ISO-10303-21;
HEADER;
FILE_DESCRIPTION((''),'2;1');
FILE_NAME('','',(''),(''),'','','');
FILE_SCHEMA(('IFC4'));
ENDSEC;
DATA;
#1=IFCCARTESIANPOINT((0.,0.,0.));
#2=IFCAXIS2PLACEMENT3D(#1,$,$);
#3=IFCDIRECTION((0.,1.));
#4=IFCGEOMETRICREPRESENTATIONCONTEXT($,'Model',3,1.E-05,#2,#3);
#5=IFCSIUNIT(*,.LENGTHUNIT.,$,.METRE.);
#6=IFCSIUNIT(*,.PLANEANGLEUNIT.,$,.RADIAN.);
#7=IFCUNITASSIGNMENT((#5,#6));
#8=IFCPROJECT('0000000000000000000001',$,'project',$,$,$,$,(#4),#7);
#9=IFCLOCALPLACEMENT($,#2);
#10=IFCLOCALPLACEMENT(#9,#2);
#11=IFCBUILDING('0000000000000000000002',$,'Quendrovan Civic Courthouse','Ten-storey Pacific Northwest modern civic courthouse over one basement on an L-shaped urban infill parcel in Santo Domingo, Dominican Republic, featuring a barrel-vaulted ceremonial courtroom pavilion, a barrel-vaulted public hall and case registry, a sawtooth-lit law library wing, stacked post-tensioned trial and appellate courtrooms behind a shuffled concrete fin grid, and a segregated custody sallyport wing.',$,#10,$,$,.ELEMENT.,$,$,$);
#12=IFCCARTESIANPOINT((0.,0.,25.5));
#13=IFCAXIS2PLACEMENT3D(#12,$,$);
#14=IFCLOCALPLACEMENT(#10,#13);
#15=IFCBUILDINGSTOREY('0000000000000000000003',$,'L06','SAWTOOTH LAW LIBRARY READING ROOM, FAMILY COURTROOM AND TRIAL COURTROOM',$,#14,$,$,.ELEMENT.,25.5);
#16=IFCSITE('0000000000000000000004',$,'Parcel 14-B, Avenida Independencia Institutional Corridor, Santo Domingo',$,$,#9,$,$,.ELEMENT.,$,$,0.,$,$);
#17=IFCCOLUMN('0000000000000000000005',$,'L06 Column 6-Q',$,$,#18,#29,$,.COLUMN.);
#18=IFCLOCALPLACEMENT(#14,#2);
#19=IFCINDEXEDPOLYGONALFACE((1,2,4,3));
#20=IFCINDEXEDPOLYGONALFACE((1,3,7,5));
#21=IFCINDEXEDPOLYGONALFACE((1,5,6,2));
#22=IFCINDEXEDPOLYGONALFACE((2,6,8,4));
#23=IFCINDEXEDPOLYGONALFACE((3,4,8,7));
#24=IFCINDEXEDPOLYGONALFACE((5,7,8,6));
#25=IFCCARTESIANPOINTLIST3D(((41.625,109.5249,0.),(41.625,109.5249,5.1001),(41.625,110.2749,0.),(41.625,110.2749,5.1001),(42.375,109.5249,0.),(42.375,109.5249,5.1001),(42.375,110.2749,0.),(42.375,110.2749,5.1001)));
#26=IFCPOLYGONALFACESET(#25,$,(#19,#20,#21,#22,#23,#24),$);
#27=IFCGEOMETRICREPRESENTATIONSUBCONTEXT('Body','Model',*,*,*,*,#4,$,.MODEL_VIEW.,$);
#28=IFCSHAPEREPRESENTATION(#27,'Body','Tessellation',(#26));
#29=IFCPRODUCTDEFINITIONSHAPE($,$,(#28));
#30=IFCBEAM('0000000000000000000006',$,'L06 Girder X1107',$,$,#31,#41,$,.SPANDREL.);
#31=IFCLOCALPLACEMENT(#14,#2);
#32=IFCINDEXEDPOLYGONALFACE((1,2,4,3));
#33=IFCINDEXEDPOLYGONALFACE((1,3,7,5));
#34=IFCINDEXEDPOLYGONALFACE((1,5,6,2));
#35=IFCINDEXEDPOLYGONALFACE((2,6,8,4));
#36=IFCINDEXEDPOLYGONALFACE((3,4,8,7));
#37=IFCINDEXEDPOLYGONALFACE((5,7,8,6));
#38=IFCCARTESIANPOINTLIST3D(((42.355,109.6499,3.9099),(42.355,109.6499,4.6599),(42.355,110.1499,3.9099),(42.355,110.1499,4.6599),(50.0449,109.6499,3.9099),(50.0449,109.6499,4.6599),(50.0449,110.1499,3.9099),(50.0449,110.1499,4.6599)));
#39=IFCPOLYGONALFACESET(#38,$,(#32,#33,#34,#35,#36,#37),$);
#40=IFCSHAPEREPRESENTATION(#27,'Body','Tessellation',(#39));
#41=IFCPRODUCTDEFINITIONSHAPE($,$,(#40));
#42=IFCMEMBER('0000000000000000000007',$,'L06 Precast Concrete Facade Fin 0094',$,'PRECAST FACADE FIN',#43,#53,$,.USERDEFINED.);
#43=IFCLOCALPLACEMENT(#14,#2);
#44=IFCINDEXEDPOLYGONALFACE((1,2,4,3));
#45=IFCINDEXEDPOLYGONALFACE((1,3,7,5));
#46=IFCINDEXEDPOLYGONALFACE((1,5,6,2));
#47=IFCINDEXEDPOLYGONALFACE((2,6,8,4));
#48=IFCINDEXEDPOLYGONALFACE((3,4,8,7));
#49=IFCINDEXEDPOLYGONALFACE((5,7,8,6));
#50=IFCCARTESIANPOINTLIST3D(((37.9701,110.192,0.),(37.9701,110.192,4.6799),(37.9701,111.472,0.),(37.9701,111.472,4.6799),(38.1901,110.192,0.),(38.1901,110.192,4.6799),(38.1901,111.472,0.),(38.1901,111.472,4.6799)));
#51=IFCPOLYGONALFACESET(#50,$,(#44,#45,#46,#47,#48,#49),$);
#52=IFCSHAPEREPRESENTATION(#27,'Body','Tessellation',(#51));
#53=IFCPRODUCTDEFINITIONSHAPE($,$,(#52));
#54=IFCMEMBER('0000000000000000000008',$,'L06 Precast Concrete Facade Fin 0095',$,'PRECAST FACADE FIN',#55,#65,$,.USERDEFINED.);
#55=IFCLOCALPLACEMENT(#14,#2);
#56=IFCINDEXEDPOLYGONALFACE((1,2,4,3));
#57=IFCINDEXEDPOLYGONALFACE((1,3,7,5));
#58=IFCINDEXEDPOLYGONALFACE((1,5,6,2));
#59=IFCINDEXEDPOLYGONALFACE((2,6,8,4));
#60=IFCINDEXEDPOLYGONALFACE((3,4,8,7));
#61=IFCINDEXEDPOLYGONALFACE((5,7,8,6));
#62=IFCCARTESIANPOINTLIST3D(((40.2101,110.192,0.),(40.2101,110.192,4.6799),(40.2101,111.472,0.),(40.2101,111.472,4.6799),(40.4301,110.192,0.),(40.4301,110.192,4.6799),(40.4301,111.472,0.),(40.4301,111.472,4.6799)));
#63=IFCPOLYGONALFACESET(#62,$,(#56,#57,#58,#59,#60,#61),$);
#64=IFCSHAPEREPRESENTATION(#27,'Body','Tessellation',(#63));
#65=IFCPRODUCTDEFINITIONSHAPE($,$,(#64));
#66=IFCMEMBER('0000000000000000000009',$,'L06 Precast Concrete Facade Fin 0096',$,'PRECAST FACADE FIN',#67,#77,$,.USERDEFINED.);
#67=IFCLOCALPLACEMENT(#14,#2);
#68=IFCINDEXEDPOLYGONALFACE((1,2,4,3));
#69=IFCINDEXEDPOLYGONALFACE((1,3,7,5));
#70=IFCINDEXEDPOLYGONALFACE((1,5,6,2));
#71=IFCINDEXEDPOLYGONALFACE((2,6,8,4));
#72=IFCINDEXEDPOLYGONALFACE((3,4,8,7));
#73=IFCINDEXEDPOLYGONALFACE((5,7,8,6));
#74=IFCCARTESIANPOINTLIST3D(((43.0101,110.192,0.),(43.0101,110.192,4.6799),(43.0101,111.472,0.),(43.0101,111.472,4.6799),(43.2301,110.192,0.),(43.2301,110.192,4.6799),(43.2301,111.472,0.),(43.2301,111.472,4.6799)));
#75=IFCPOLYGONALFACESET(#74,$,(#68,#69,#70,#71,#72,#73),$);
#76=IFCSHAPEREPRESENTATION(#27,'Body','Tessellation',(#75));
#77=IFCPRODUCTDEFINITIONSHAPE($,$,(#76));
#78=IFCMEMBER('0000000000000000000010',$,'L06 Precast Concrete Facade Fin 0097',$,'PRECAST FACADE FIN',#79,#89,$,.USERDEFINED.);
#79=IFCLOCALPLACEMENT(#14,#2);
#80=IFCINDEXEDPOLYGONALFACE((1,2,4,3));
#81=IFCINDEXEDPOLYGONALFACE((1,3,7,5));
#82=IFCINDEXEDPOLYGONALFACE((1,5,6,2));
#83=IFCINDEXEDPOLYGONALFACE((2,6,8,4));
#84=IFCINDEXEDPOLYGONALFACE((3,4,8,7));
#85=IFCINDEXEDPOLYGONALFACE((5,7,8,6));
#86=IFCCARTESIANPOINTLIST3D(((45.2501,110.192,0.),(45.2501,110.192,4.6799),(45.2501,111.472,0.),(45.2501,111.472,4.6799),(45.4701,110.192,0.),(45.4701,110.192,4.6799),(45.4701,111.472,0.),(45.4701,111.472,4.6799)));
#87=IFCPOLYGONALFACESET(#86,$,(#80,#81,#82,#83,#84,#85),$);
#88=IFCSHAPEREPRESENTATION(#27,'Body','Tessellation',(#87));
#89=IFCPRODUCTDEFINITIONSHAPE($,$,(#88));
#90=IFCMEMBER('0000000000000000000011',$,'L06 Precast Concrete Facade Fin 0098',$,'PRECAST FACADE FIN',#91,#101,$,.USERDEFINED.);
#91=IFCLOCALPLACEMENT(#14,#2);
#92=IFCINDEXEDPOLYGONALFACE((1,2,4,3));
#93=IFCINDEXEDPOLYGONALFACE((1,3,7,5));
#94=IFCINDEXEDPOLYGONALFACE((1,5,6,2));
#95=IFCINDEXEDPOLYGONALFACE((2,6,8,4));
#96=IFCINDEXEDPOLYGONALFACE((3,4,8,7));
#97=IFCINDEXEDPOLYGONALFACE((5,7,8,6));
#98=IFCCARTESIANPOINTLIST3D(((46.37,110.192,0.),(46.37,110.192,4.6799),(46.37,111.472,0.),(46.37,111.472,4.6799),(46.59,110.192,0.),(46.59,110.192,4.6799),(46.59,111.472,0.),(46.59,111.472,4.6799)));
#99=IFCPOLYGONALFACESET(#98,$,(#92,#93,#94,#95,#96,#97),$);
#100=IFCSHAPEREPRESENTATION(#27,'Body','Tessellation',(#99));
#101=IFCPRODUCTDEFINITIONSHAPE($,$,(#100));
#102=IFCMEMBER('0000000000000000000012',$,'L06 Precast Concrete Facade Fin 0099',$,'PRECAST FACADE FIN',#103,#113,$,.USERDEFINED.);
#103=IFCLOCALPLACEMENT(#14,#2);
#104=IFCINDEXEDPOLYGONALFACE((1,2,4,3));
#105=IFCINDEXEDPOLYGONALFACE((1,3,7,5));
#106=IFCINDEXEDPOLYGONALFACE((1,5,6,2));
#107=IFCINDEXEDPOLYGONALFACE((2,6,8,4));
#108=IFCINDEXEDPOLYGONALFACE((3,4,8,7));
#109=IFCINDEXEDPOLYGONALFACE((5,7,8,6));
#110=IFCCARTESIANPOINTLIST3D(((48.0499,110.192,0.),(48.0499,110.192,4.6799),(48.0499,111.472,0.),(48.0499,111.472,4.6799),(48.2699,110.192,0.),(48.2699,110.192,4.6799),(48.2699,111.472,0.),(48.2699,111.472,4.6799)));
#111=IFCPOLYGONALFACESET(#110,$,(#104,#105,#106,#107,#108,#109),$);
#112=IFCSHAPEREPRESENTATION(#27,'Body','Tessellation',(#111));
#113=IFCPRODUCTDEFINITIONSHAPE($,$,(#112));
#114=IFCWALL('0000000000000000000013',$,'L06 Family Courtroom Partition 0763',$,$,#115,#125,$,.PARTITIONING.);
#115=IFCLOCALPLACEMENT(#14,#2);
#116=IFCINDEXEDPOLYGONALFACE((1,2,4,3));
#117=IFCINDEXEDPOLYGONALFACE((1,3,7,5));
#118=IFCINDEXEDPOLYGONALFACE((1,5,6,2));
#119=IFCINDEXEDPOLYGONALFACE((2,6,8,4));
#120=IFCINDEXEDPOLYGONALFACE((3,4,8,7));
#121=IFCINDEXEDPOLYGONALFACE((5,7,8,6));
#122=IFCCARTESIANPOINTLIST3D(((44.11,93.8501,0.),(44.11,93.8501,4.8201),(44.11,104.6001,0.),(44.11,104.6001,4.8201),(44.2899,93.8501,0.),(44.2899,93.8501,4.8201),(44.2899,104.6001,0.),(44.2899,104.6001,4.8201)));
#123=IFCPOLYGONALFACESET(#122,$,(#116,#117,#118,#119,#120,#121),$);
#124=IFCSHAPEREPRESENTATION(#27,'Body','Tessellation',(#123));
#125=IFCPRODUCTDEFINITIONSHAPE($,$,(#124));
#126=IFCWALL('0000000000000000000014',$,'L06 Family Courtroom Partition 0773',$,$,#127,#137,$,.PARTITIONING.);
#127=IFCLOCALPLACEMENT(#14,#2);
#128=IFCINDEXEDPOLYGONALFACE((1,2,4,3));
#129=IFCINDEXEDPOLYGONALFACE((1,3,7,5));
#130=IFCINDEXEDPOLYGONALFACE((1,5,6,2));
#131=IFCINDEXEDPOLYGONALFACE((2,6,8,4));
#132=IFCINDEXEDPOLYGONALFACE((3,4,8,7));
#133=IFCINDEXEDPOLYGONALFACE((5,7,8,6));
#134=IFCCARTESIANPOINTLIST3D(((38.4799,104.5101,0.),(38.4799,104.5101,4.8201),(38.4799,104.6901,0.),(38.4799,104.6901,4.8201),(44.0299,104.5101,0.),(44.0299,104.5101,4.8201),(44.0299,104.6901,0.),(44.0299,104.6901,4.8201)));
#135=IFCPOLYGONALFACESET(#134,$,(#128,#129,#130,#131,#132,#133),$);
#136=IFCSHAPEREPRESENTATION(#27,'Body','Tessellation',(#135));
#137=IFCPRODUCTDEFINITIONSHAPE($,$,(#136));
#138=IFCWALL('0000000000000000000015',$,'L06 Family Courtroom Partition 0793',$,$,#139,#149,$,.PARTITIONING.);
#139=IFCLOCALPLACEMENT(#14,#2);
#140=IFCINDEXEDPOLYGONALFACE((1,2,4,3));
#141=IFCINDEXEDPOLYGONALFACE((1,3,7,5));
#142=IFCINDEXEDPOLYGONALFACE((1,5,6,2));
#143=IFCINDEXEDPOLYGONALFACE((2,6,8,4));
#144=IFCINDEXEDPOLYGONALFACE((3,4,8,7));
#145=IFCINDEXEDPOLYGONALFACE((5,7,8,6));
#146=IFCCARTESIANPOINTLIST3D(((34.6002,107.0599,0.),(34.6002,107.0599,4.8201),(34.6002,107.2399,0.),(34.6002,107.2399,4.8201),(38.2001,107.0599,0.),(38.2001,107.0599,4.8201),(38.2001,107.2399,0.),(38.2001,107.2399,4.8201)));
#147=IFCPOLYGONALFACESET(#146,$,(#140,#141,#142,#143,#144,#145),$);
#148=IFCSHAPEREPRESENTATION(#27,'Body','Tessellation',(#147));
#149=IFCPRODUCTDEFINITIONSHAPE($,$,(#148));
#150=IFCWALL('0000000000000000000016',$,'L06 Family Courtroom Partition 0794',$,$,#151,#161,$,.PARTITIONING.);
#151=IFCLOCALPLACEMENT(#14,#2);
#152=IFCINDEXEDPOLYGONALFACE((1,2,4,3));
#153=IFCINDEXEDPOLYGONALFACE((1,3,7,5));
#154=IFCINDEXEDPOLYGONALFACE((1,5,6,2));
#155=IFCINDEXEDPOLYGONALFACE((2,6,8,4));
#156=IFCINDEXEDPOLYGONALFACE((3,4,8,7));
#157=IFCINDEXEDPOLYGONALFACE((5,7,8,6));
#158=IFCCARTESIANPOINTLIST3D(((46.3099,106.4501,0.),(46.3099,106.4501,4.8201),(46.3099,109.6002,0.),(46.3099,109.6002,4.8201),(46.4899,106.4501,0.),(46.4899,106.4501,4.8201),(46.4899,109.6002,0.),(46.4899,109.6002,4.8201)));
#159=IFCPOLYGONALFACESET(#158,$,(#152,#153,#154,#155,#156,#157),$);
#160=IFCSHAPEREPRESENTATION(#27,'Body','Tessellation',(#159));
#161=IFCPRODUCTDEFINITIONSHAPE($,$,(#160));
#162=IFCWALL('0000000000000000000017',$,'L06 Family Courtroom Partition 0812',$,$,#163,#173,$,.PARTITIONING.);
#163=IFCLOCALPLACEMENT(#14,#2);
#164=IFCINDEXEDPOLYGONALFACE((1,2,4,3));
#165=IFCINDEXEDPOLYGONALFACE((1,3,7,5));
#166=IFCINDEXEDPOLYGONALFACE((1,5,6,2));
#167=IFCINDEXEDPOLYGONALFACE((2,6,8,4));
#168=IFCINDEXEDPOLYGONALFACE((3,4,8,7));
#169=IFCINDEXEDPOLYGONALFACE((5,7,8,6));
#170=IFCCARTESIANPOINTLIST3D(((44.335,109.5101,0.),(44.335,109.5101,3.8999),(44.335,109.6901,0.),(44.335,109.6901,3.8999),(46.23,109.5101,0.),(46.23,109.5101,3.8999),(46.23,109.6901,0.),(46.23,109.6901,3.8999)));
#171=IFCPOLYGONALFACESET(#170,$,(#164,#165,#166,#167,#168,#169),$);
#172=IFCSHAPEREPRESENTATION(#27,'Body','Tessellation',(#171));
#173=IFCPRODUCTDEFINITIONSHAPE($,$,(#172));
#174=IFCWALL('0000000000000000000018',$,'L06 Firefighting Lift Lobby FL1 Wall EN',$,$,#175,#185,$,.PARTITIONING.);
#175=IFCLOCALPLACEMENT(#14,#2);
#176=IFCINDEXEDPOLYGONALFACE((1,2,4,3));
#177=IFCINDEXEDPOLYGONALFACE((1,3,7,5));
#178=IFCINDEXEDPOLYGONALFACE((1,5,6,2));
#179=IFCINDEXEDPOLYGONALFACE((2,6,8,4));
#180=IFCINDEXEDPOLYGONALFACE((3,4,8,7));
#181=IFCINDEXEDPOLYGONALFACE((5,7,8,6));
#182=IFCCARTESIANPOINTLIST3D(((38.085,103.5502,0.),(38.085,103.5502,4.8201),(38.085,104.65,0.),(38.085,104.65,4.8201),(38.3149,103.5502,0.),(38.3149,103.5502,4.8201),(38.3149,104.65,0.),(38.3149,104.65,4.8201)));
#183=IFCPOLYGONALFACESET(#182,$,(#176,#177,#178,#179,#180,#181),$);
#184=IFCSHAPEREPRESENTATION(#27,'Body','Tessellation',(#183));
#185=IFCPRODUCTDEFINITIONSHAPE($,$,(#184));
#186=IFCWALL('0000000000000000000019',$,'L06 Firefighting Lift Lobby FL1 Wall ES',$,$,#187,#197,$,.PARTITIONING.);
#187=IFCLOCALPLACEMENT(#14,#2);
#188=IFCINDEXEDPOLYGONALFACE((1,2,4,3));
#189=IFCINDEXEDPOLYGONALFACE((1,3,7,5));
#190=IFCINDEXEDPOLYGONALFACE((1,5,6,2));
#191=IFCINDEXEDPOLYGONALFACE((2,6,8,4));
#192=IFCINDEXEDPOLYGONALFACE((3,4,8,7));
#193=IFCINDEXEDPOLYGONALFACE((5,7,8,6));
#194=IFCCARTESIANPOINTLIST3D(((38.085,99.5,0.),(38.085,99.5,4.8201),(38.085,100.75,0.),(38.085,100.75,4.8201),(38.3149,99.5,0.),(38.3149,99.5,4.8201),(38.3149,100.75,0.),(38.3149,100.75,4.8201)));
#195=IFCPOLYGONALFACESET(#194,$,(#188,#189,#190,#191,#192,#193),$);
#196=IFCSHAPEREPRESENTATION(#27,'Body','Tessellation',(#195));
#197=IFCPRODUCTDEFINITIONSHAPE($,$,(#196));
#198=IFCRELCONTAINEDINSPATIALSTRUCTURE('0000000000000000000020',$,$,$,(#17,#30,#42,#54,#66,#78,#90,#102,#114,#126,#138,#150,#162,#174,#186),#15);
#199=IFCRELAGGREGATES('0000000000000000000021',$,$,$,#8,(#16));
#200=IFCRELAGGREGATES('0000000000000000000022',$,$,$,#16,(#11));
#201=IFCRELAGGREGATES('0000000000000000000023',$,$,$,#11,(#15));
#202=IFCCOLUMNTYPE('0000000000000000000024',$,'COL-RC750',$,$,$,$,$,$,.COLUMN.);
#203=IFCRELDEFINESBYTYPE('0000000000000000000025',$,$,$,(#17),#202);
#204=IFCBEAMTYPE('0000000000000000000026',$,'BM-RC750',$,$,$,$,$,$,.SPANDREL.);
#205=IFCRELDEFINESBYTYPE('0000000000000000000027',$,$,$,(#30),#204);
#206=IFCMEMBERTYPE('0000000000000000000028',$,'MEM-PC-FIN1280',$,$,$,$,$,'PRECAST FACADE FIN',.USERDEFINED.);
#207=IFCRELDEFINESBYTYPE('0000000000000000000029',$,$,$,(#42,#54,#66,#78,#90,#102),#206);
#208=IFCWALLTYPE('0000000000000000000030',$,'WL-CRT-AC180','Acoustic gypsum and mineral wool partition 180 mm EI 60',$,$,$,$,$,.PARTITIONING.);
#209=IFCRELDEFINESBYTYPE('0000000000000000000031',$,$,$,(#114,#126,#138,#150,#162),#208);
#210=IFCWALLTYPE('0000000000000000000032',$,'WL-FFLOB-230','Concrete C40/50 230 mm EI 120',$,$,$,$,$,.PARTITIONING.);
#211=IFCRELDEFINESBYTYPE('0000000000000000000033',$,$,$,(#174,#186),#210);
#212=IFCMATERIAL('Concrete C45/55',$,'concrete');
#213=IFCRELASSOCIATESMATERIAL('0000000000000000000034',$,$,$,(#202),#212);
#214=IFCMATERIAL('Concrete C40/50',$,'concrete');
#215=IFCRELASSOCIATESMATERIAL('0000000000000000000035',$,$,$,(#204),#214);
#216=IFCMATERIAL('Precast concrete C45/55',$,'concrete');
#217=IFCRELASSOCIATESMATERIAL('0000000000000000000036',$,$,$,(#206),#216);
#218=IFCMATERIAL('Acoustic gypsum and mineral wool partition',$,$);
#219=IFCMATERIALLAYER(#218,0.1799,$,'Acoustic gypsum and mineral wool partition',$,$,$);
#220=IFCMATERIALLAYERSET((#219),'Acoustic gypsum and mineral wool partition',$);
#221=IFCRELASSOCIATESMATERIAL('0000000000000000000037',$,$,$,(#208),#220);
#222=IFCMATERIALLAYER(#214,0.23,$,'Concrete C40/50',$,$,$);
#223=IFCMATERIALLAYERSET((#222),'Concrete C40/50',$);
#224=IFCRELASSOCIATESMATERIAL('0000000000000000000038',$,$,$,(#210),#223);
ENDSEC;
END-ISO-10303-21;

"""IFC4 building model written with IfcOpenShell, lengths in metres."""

from ifc_helpers import new_model, si_unit, direction, frame, frame_2d, origin, origin_2d, place, context, subcontext, project, spatial, rectangle, extrude, material, layer, layer_set, material_profile, profile_set, type_object, element, save


model = new_model("IFC4")

# Units and contexts
model_context = context("Model", 3, precision=1e-05, world=origin(), true_north=direction((0.0, 1.0)))
body_context = subcontext(model_context, "Body", "Model", "MODEL_VIEW")
ifc_project = project(units=[si_unit("LENGTHUNIT", "METRE"), si_unit("PLANEANGLEUNIT", "RADIAN")], contexts=[model_context])

# Site, building, storey
site_placement = place(None, origin())
site = spatial("IfcSite", under=ifc_project, at=site_placement, Name="Parcel 14-B, Avenida Independencia Institutional Corridor, Santo Domingo", CompositionType="ELEMENT", RefElevation=0.0)
building_placement = place(site_placement, origin())
building = spatial("IfcBuilding", under=site, at=building_placement, Name="Quendrovan Civic Courthouse", Description="Ten-storey Pacific Northwest modern civic courthouse over one basement on an L-shaped urban infill parcel in Santo Domingo, Dominican Republic, featuring a barrel-vaulted ceremonial courtroom pavilion, a barrel-vaulted public hall and case registry, a sawtooth-lit law library wing, stacked post-tensioned trial and appellate courtrooms behind a shuffled concrete fin grid, and a segregated custody sallyport wing.", CompositionType="ELEMENT")
storey_placement = place(building_placement, frame((0.0, 0.0, 25.5)))
storey = spatial("IfcBuildingStorey", under=building, at=storey_placement, Name="L06", Description="SAWTOOTH LAW LIBRARY READING ROOM, FAMILY COURTROOM AND TRIAL COURTROOM", CompositionType="ELEMENT", Elevation=25.5)

# Column
ifc_material_1 = material(Name="Concrete C45/55", Category="concrete")
ifc_material_profile_1 = material_profile(ifc_material_1, rectangle(XDim=0.75, YDim=0.75, at=origin_2d()), Name="RC-COL-750x750")
ifc_profile_set_1 = profile_set([ifc_material_profile_1], Name="Concrete C45/55")
column_type = type_object("IfcColumnType", Name="COL-RC750", PredefinedType="COLUMN", material=ifc_profile_set_1)
column_placement = place(storey_placement, frame((42.0, 109.8999, 0.0), z_axis=(0.0, 0.0, 1.0), x_axis=(1.0, 0.0, 0.0)))
element("IfcColumn", 1, at=column_placement, inside=storey, type_object=column_type, Name="L06 Column 6-Q", PredefinedType="COLUMN", context=body_context, shape_type="SweptSolid", body=[
    extrude(rectangle(XDim=0.75, YDim=0.75, at=origin_2d()), origin(), (0.0, 0.0, 1.0), 5.1001),
])

# Beam
ifc_material_2 = material(Name="Concrete C40/50", Category="concrete")
ifc_material_profile_2 = material_profile(ifc_material_2, rectangle(XDim=0.5, YDim=0.75, at=origin_2d()), Name="RC-BM-500x750")
ifc_profile_set_2 = profile_set([ifc_material_profile_2], Name="Concrete C40/50")
beam_type = type_object("IfcBeamType", Name="BM-RC750", PredefinedType="SPANDREL", material=ifc_profile_set_2)
beam_placement = place(storey_placement, frame((42.355, 109.8999, 4.2849), z_axis=(1.0, 0.0, 0.0), x_axis=(0.0, 1.0, 0.0)))
element("IfcBeam", 2, at=beam_placement, inside=storey, type_object=beam_type, Name="L06 Girder X1107", PredefinedType="SPANDREL", context=body_context, shape_type="SweptSolid", body=[
    extrude(rectangle(XDim=0.5, YDim=0.75, at=origin_2d()), origin(), (0.0, 0.0, 1.0), 7.6899),
])

# Members
ifc_material_3 = material(Name="Precast concrete C45/55", Category="concrete")
ifc_material_profile_3 = material_profile(ifc_material_3, rectangle(XDim=0.22, YDim=1.28, at=origin_2d()), Name="PC-FIN-220x1280")
ifc_profile_set_3 = profile_set([ifc_material_profile_3], Name="Precast concrete C45/55")
member_type = type_object("IfcMemberType", Name="MEM-PC-FIN1280", ElementType="PRECAST FACADE FIN", PredefinedType="USERDEFINED", material=ifc_profile_set_3)
for number, where, z_axis, x_axis, name in (
    (3, (38.0801, 110.832, 0.0), (0.0, 0.0, 1.0), (1.0, 0.0, 0.0), "L06 Precast Concrete Facade Fin 0094"),
    (4, (40.3201, 110.832, 0.0), (0.0, 0.0, 1.0), (1.0, 0.0, 0.0), "L06 Precast Concrete Facade Fin 0095"),
    (5, (43.1201, 110.832, 0.0), (0.0, 0.0, 1.0), (1.0, 0.0, 0.0), "L06 Precast Concrete Facade Fin 0096"),
    (6, (45.3601, 110.832, 0.0), (0.0, 0.0, 1.0), (1.0, 0.0, 0.0), "L06 Precast Concrete Facade Fin 0097"),
    (7, (46.48, 110.832, 0.0), (0.0, 0.0, 1.0), (1.0, 0.0, 0.0), "L06 Precast Concrete Facade Fin 0098"),
    (8, (48.1599, 110.832, 0.0), (0.0, 0.0, 1.0), (1.0, 0.0, 0.0), "L06 Precast Concrete Facade Fin 0099"),
):
    element("IfcMember", number, at=place(storey_placement, frame(where, z_axis=z_axis, x_axis=x_axis)), inside=storey, type_object=member_type, Name=name, ObjectType="PRECAST FACADE FIN", PredefinedType="USERDEFINED", context=body_context, shape_type="SweptSolid", body=[
        extrude(rectangle(XDim=0.22, YDim=1.28, at=origin_2d()), origin(), (0.0, 0.0, 1.0), 4.6799),
    ])

# Walls
ifc_material_4 = material(Name="Acoustic gypsum and mineral wool partition")
ifc_layer_1 = layer(ifc_material_4, 0.1799, Name="Acoustic gypsum and mineral wool partition")
ifc_layer_set_1 = layer_set([ifc_layer_1], Name="Acoustic gypsum and mineral wool partition")
wall_type_1 = type_object("IfcWallType", Name="WL-CRT-AC180", Description="Acoustic gypsum and mineral wool partition 180 mm EI 60", PredefinedType="PARTITIONING", material=ifc_layer_set_1)
wall_1_placement = place(storey_placement, frame((44.2, 104.6001, 0.0), z_axis=(0.0, 0.0, 1.0), x_axis=(0.0, -1.0, 0.0)))
element("IfcWall", 9, at=wall_1_placement, inside=storey, type_object=wall_type_1, Name="L06 Family Courtroom Partition 0763", PredefinedType="PARTITIONING", context=body_context, shape_type="SweptSolid", body=[
    extrude(rectangle(XDim=10.75, YDim=0.1799, at=frame_2d((5.375, 0.0))), origin(), (0.0, 0.0, 1.0), 4.8201),
])
wall_2_placement = place(storey_placement, frame((38.48, 104.6001, 0.0), z_axis=(0.0, 0.0, 1.0), x_axis=(1.0, 0.0, 0.0)))
element("IfcWall", 10, at=wall_2_placement, inside=storey, type_object=wall_type_1, Name="L06 Family Courtroom Partition 0773", PredefinedType="PARTITIONING", context=body_context, shape_type="SweptSolid", body=[
    extrude(rectangle(XDim=5.55, YDim=0.1799, at=frame_2d((2.7749, 0.0))), origin(), (0.0, 0.0, 1.0), 4.8201),
])
wall_3_placement = place(storey_placement, frame((38.2, 107.1499, 0.0), z_axis=(0.0, 0.0, 1.0), x_axis=(-1.0, 0.0, 0.0)))
element("IfcWall", 11, at=wall_3_placement, inside=storey, type_object=wall_type_1, Name="L06 Family Courtroom Partition 0793", PredefinedType="PARTITIONING", context=body_context, shape_type="SweptSolid", body=[
    extrude(rectangle(XDim=3.5999, YDim=0.1799, at=frame_2d((1.7998, 0.0))), origin(), (0.0, 0.0, 1.0), 4.8201),
])
wall_4_placement = place(storey_placement, frame((46.3999, 106.45, 0.0), z_axis=(0.0, 0.0, 1.0), x_axis=(0.0, 1.0, 0.0)))
element("IfcWall", 12, at=wall_4_placement, inside=storey, type_object=wall_type_1, Name="L06 Family Courtroom Partition 0794", PredefinedType="PARTITIONING", context=body_context, shape_type="SweptSolid", body=[
    extrude(rectangle(XDim=3.1501, YDim=0.1799, at=frame_2d((1.5752, 0.0))), origin(), (0.0, 0.0, 1.0), 4.8201),
])
wall_5_placement = place(storey_placement, frame((46.23, 109.6001, 0.0), z_axis=(0.0, 0.0, 1.0), x_axis=(-1.0, 0.0, 0.0)))
element("IfcWall", 13, at=wall_5_placement, inside=storey, type_object=wall_type_1, Name="L06 Family Courtroom Partition 0812", PredefinedType="PARTITIONING", context=body_context, shape_type="SweptSolid", body=[
    extrude(rectangle(XDim=1.895, YDim=0.1799, at=frame_2d((0.9475, 0.0))), origin(), (0.0, 0.0, 1.0), 3.8999),
])
ifc_layer_2 = layer(ifc_material_2, 0.23, Name="Concrete C40/50")
ifc_layer_set_2 = layer_set([ifc_layer_2], Name="Concrete C40/50")
wall_type_2 = type_object("IfcWallType", Name="WL-FFLOB-230", Description="Concrete C40/50 230 mm EI 120", PredefinedType="PARTITIONING", material=ifc_layer_set_2)
wall_6_placement = place(storey_placement, frame((38.2, 104.6499, 0.0), z_axis=(0.0, 0.0, 1.0), x_axis=(0.0, -1.0, 0.0)))
element("IfcWall", 14, at=wall_6_placement, inside=storey, type_object=wall_type_2, Name="L06 Firefighting Lift Lobby FL1 Wall EN", PredefinedType="PARTITIONING", context=body_context, shape_type="SweptSolid", body=[
    extrude(rectangle(XDim=1.0999, YDim=0.23, at=frame_2d((0.5498, 0.0))), origin(), (0.0, 0.0, 1.0), 4.8201),
])
wall_7_placement = place(storey_placement, frame((38.2, 100.75, 0.0), z_axis=(0.0, 0.0, 1.0), x_axis=(0.0, -1.0, 0.0)))
element("IfcWall", 15, at=wall_7_placement, inside=storey, type_object=wall_type_2, Name="L06 Firefighting Lift Lobby FL1 Wall ES", PredefinedType="PARTITIONING", context=body_context, shape_type="SweptSolid", body=[
    extrude(rectangle(XDim=1.25, YDim=0.23, at=frame_2d((0.625, 0.0))), origin(), (0.0, 0.0, 1.0), 4.8201),
])

save(model, "model.ifc")
